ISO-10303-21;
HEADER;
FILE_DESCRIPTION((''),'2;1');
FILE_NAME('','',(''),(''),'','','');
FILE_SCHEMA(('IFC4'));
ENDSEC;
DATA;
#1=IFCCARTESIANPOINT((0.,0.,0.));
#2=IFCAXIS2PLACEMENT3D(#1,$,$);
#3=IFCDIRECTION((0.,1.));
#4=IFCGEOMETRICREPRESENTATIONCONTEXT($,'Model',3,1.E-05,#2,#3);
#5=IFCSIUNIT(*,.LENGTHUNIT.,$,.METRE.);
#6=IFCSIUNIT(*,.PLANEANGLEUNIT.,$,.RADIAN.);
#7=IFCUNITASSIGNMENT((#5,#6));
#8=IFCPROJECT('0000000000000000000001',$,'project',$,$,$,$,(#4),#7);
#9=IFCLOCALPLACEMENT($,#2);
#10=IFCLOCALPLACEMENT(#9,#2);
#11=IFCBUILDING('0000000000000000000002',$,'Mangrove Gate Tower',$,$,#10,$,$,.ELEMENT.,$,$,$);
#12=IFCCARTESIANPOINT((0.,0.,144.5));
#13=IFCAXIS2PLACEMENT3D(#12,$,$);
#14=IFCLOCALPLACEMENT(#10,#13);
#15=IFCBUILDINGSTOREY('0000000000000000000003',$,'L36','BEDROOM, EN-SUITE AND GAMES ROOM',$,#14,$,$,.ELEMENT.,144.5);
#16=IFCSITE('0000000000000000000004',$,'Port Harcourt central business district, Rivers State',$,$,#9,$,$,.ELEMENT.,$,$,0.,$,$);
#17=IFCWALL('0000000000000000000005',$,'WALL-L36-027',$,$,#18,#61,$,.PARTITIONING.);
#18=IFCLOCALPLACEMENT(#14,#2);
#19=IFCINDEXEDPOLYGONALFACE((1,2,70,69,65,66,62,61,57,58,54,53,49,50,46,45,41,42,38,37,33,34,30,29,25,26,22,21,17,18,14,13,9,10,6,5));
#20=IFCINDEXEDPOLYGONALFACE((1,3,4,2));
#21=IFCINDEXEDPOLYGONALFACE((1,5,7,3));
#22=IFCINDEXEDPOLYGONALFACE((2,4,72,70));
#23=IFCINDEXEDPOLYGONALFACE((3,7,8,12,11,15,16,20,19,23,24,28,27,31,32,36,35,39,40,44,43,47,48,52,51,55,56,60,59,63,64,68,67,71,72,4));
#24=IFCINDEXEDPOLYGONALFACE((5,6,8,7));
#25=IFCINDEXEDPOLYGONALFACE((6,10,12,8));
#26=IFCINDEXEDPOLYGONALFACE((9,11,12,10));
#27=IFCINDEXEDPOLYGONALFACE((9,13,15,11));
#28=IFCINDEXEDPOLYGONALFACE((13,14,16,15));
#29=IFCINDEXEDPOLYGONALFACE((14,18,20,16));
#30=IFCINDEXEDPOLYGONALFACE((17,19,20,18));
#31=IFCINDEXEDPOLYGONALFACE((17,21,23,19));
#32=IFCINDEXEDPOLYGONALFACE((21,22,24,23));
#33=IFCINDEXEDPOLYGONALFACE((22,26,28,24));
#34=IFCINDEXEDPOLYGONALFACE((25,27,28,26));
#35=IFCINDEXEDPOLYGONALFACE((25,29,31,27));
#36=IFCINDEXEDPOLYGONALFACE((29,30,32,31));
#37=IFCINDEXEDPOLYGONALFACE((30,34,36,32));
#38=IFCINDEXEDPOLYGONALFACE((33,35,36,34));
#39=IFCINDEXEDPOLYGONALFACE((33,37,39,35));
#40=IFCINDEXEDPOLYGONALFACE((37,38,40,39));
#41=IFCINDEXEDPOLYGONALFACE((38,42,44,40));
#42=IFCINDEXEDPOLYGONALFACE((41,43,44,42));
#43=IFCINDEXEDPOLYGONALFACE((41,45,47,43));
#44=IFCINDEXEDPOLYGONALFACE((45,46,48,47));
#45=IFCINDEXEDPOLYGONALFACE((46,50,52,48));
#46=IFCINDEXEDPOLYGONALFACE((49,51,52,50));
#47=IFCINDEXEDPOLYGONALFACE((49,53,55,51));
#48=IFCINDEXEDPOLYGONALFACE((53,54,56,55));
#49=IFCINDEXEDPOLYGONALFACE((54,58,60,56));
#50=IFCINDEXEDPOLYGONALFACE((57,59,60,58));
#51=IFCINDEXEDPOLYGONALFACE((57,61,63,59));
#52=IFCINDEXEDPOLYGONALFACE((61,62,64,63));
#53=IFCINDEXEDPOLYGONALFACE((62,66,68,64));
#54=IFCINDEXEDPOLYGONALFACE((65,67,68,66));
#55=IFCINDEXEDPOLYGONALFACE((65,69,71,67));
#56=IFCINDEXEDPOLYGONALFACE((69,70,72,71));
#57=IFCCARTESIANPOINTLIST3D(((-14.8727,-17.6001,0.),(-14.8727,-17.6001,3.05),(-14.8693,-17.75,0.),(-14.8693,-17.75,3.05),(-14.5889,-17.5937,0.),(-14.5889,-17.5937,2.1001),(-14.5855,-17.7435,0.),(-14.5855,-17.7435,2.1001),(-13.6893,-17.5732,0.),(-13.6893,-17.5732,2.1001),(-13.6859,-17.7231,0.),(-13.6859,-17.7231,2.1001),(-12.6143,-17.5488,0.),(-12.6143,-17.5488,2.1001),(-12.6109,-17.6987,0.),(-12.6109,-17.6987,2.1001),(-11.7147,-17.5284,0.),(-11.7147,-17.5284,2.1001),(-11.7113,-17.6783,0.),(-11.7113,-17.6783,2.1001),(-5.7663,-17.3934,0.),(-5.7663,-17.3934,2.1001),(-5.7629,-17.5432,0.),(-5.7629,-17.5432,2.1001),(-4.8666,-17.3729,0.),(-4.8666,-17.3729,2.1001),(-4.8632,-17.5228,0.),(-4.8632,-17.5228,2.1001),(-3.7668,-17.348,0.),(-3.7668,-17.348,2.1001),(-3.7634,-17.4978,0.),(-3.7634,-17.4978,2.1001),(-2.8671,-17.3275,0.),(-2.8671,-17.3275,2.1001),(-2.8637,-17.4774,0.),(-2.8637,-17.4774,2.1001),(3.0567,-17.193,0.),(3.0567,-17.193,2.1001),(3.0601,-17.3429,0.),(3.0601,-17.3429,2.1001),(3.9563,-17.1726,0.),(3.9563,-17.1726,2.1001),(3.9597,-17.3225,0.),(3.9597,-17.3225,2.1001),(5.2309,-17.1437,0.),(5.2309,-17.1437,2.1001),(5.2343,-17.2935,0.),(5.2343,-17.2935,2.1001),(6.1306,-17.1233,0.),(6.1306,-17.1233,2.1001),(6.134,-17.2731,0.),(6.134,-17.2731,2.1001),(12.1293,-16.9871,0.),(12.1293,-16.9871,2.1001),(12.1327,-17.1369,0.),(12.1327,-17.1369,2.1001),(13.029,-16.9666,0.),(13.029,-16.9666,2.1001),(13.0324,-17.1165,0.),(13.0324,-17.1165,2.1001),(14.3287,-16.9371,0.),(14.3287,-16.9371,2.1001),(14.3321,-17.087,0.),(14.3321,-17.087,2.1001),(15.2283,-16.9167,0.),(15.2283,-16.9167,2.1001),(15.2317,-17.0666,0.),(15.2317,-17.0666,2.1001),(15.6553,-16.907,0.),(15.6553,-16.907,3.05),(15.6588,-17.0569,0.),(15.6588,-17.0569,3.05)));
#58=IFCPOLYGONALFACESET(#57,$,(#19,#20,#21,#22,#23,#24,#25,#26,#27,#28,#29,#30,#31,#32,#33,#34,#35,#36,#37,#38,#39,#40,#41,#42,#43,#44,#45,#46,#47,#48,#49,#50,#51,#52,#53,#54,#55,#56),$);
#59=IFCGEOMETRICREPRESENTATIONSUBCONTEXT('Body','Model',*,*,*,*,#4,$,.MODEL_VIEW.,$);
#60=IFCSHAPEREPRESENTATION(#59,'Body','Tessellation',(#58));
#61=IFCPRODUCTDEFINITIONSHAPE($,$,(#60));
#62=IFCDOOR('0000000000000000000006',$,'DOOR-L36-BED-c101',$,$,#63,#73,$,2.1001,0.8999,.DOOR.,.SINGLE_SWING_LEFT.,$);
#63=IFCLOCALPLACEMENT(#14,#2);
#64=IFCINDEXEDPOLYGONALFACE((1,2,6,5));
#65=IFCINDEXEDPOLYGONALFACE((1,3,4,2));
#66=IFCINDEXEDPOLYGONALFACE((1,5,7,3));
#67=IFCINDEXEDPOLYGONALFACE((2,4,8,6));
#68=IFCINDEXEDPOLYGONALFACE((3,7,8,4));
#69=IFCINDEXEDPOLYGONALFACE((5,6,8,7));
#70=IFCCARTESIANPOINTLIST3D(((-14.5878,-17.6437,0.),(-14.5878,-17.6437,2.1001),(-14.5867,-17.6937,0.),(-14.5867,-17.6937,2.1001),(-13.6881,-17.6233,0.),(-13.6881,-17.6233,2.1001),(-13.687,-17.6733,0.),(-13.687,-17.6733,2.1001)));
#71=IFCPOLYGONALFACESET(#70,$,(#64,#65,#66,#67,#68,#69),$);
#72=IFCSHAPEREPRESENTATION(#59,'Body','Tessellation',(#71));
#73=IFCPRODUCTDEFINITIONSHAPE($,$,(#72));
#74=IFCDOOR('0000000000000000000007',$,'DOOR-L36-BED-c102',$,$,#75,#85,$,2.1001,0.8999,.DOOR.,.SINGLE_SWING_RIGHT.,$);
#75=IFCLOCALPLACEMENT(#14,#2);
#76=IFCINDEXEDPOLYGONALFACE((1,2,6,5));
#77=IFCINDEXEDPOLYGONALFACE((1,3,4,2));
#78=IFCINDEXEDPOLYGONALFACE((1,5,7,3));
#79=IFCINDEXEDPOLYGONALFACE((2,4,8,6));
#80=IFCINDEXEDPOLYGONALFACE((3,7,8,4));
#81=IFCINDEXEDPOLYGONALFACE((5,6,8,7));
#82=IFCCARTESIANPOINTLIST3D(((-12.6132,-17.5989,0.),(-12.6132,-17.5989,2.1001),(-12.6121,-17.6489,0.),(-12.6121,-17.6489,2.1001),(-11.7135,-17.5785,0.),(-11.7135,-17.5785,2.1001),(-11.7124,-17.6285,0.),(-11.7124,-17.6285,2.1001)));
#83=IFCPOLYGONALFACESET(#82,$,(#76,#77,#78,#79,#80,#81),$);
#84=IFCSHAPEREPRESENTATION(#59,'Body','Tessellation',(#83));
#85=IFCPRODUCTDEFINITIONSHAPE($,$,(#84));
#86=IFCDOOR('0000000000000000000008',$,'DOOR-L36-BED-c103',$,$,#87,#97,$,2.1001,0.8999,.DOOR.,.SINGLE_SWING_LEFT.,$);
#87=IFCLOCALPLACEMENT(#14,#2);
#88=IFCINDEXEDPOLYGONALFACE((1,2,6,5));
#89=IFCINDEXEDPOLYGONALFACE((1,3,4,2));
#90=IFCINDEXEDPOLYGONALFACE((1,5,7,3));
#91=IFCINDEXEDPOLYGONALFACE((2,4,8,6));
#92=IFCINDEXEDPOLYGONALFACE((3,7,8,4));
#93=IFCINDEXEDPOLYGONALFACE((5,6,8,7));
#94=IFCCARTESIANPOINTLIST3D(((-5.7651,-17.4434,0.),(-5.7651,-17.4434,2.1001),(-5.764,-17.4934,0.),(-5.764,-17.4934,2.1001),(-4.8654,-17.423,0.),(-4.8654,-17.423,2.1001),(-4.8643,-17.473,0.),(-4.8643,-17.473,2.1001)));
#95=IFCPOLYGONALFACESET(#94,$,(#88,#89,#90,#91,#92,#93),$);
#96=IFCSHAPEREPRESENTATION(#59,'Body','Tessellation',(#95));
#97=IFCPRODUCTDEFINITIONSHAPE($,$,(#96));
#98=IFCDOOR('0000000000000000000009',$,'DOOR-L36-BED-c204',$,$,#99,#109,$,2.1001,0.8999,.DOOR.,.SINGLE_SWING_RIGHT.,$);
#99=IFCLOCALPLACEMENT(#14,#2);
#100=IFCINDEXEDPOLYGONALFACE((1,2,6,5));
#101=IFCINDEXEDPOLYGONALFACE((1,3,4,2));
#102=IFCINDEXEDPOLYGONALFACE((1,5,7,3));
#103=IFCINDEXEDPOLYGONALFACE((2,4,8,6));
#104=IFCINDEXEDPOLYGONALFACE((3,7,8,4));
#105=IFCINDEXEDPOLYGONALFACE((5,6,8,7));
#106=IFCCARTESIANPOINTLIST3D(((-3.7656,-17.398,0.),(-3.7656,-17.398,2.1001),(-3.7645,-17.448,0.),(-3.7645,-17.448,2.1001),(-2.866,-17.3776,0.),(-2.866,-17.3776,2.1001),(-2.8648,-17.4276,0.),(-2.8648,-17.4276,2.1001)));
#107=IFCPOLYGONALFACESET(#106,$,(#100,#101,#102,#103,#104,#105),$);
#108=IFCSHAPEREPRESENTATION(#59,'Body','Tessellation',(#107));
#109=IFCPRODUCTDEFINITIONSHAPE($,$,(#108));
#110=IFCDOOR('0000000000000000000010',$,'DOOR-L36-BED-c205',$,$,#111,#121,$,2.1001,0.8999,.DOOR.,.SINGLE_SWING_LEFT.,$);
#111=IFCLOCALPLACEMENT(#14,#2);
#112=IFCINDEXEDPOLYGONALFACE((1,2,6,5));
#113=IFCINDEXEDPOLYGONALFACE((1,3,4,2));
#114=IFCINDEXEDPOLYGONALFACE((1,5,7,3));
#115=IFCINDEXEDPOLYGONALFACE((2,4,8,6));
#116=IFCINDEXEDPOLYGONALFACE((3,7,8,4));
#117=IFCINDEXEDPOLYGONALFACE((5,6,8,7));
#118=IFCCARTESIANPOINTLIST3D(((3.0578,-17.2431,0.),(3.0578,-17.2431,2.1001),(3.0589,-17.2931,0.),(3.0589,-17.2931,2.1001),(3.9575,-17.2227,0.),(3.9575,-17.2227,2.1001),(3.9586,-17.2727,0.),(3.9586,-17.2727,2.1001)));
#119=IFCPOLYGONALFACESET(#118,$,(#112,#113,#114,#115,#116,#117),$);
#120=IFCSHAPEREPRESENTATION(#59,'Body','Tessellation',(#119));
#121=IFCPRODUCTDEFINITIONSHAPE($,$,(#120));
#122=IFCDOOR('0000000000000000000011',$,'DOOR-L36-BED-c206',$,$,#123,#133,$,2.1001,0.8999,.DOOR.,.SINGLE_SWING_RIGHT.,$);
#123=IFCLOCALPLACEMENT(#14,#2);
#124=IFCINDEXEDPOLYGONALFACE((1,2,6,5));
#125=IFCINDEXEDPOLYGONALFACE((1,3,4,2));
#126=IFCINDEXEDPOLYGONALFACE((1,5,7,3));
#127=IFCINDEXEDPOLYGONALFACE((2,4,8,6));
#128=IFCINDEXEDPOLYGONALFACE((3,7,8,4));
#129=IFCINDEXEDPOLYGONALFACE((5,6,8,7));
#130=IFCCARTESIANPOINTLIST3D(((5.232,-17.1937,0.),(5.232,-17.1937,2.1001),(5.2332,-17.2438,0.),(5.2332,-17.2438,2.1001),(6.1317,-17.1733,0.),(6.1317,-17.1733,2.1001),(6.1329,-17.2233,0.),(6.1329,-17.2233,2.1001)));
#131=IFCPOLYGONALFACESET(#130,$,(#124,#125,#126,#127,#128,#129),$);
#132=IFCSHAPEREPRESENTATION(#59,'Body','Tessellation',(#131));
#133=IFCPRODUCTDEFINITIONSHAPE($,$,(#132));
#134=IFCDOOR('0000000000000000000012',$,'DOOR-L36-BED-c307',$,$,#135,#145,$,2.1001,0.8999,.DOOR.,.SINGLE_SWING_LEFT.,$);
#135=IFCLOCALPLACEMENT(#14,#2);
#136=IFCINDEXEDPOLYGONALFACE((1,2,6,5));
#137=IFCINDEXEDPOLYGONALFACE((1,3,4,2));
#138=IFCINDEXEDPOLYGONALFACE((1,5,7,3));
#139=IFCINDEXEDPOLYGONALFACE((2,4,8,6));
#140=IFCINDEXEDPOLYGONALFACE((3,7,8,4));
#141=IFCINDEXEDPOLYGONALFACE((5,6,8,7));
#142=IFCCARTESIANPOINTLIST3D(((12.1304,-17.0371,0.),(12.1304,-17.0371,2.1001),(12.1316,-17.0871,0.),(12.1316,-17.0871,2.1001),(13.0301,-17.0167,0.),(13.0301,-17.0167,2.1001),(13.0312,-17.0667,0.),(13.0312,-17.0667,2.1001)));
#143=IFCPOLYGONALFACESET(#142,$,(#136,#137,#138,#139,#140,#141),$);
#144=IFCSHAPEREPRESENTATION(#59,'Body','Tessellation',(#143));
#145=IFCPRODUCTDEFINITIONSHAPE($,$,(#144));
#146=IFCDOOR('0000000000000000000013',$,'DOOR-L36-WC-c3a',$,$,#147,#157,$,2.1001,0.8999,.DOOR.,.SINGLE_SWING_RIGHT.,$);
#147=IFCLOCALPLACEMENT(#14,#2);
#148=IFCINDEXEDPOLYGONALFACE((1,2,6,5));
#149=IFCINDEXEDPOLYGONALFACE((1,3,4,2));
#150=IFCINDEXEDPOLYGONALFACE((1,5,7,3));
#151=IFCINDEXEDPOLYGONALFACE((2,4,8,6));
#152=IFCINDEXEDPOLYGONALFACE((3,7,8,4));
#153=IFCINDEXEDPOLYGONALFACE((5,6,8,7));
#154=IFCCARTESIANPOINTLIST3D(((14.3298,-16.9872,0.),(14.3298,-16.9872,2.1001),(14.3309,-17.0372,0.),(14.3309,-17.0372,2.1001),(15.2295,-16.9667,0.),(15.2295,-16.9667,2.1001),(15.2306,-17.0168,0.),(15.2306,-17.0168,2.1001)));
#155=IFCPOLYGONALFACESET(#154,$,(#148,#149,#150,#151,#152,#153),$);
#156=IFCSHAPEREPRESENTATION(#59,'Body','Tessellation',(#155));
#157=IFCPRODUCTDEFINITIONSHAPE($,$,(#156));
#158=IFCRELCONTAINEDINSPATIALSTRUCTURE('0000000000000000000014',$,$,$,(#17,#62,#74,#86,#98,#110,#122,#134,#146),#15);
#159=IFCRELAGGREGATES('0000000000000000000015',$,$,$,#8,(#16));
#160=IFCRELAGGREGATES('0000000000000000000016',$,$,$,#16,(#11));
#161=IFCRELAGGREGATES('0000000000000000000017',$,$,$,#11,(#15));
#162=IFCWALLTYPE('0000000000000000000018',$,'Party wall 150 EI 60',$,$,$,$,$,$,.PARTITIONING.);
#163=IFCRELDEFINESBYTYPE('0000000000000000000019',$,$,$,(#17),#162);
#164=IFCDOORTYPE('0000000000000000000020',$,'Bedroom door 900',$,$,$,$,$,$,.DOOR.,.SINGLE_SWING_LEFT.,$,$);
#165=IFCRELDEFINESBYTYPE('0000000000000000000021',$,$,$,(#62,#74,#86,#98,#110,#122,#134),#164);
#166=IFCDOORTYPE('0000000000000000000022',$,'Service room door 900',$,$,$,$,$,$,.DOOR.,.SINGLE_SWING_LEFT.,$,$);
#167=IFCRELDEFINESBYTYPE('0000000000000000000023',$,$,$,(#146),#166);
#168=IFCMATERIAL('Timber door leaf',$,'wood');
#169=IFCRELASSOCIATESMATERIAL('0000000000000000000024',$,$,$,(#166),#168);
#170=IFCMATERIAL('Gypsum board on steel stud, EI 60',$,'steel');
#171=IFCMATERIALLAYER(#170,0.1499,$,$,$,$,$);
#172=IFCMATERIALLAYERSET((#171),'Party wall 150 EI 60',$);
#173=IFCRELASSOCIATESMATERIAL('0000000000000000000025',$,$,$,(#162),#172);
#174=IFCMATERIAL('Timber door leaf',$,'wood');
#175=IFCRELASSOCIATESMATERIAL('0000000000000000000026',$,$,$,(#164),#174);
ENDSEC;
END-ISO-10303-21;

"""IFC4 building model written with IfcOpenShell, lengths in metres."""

from ifc_helpers import new_model, si_unit, direction, frame, frame_2d, origin, place, context, subcontext, project, spatial, rectangle, extrude, material, layer, layer_set, type_object, element, fill, save


model = new_model("IFC4")

# Units and contexts
model_context = context("Model", 3, precision=1e-05, world=origin(), true_north=direction((0.0, 1.0)))
body_context = subcontext(model_context, "Body", "Model", "MODEL_VIEW")
ifc_project = project(units=[si_unit("LENGTHUNIT", "METRE"), si_unit("PLANEANGLEUNIT", "RADIAN")], contexts=[model_context])

# Site, building, storey
site_placement = place(None, origin())
site = spatial("IfcSite", under=ifc_project, at=site_placement, Name="Port Harcourt central business district, Rivers State", CompositionType="ELEMENT", RefElevation=0.0)
building_placement = place(site_placement, origin())
building = spatial("IfcBuilding", under=site, at=building_placement, Name="Mangrove Gate Tower", CompositionType="ELEMENT")
storey_placement = place(building_placement, frame((0.0, 0.0, 144.5)))
storey = spatial("IfcBuildingStorey", under=building, at=storey_placement, Name="L36", Description="BEDROOM, EN-SUITE AND GAMES ROOM", CompositionType="ELEMENT", Elevation=144.5)

# Wall, openings, doors
ifc_material_1 = material(Name="Timber door leaf", Category="wood")
door_type_1 = type_object("IfcDoorType", Name="Service room door 900", OperationType="SINGLE_SWING_LEFT", PredefinedType="DOOR", material=ifc_material_1)
ifc_material_2 = material(Name="Gypsum board on steel stud, EI 60", Category="steel")
ifc_layer_1 = layer(ifc_material_2, 0.1499)
ifc_layer_set_1 = layer_set([ifc_layer_1], Name="Party wall 150 EI 60")
wall_type_1 = type_object("IfcWallType", Name="Party wall 150 EI 60", PredefinedType="PARTITIONING", material=ifc_layer_set_1)
wall_1_placement = place(storey_placement, frame((-14.8711, -17.675, 0.0), z_axis=(0.0, 0.0, 1.0), x_axis=(0.999742, 0.022698, 0.0)))
wall_1 = element("IfcWall", 1, at=wall_1_placement, inside=storey, type_object=wall_type_1, Name="WALL-L36-027", PredefinedType="PARTITIONING", context=body_context, shape_type="SweptSolid", body=[
    extrude(rectangle(XDim=30.5359, YDim=0.1499, at=frame_2d((15.2681, 0.0))), origin(), (0.0, 0.0, 1.0), 3.05),
])
opening_1_placement = place(wall_1_placement, frame((0.2839, 0.0, 0.0)))
opening_1 = element("IfcOpeningElement", 2, at=opening_1_placement, cuts=wall_1, PredefinedType="OPENING", context=body_context, shape_type="SweptSolid", body=[
    extrude(rectangle(XDim=0.8999, YDim=2.1001, at=frame_2d((0.45, 1.05))), frame((0.0, 0.085, 0.0), z_axis=(0.0, -1.0, 0.0), x_axis=(1.0, 0.0, 0.0)), (0.0, 0.0, 1.0), 0.1699),
])
opening_2_placement = place(wall_1_placement, frame((2.259, 0.0, 0.0)))
opening_2 = element("IfcOpeningElement", 3, at=opening_2_placement, cuts=wall_1, PredefinedType="OPENING", context=body_context, shape_type="SweptSolid", body=[
    extrude(rectangle(XDim=0.8999, YDim=2.1001, at=frame_2d((0.45, 1.05))), frame((0.0, 0.085, 0.0), z_axis=(0.0, -1.0, 0.0), x_axis=(1.0, 0.0, 0.0)), (0.0, 0.0, 1.0), 0.1699),
])
opening_3_placement = place(wall_1_placement, frame((9.1089, 0.0, 0.0)))
opening_3 = element("IfcOpeningElement", 4, at=opening_3_placement, cuts=wall_1, PredefinedType="OPENING", context=body_context, shape_type="SweptSolid", body=[
    extrude(rectangle(XDim=0.8999, YDim=2.1001, at=frame_2d((0.45, 1.05))), frame((0.0, 0.085, 0.0), z_axis=(0.0, -1.0, 0.0), x_axis=(1.0, 0.0, 0.0)), (0.0, 0.0, 1.0), 0.1699),
])
opening_4_placement = place(wall_1_placement, frame((11.1089, 0.0, 0.0)))
opening_4 = element("IfcOpeningElement", 5, at=opening_4_placement, cuts=wall_1, PredefinedType="OPENING", context=body_context, shape_type="SweptSolid", body=[
    extrude(rectangle(XDim=0.8999, YDim=2.1001, at=frame_2d((0.45, 1.05))), frame((0.0, 0.085, 0.0), z_axis=(0.0, -1.0, 0.0), x_axis=(1.0, 0.0, 0.0)), (0.0, 0.0, 1.0), 0.1699),
])
opening_5_placement = place(wall_1_placement, frame((17.9341, 0.0, 0.0)))
opening_5 = element("IfcOpeningElement", 6, at=opening_5_placement, cuts=wall_1, PredefinedType="OPENING", context=body_context, shape_type="SweptSolid", body=[
    extrude(rectangle(XDim=0.8999, YDim=2.1001, at=frame_2d((0.45, 1.05))), frame((0.0, 0.085, 0.0), z_axis=(0.0, -1.0, 0.0), x_axis=(1.0, 0.0, 0.0)), (0.0, 0.0, 1.0), 0.1699),
])
opening_6_placement = place(wall_1_placement, frame((20.1089, 0.0, 0.0)))
opening_6 = element("IfcOpeningElement", 7, at=opening_6_placement, cuts=wall_1, PredefinedType="OPENING", context=body_context, shape_type="SweptSolid", body=[
    extrude(rectangle(XDim=0.8999, YDim=2.1001, at=frame_2d((0.45, 1.05))), frame((0.0, 0.085, 0.0), z_axis=(0.0, -1.0, 0.0), x_axis=(1.0, 0.0, 0.0)), (0.0, 0.0, 1.0), 0.1699),
])
opening_7_placement = place(wall_1_placement, frame((27.009, 0.0, 0.0)))
opening_7 = element("IfcOpeningElement", 8, at=opening_7_placement, cuts=wall_1, PredefinedType="OPENING", context=body_context, shape_type="SweptSolid", body=[
    extrude(rectangle(XDim=0.8999, YDim=2.1001, at=frame_2d((0.45, 1.05))), frame((0.0, 0.085, 0.0), z_axis=(0.0, -1.0, 0.0), x_axis=(1.0, 0.0, 0.0)), (0.0, 0.0, 1.0), 0.1699),
])
opening_8_placement = place(wall_1_placement, frame((29.209, 0.0, 0.0)))
opening_8 = element("IfcOpeningElement", 9, at=opening_8_placement, cuts=wall_1, PredefinedType="OPENING", context=body_context, shape_type="SweptSolid", body=[
    extrude(rectangle(XDim=0.8999, YDim=2.1001, at=frame_2d((0.45, 1.05))), frame((0.0, 0.085, 0.0), z_axis=(0.0, -1.0, 0.0), x_axis=(1.0, 0.0, 0.0)), (0.0, 0.0, 1.0), 0.1699),
])
ifc_material_3 = material(Name="Timber door leaf", Category="wood")
door_type_2 = type_object("IfcDoorType", Name="Bedroom door 900", OperationType="SINGLE_SWING_LEFT", PredefinedType="DOOR", material=ifc_material_3)
door_1_placement = place(opening_1_placement, origin())
door_1 = element("IfcDoor", 10, at=door_1_placement, inside=storey, type_object=door_type_2, Name="DOOR-L36-BED-c101", OperationType="SINGLE_SWING_LEFT", OverallHeight=2.1001, OverallWidth=0.8999, PredefinedType="DOOR", context=body_context, shape_type="SweptSolid", body=[
    extrude(rectangle(XDim=0.8999, YDim=2.1001, at=frame_2d((0.45, 1.05))), frame((0.0, 0.0249, 0.0), z_axis=(0.0, -1.0, 0.0), x_axis=(1.0, 0.0, 0.0)), (0.0, 0.0, 1.0), 0.05),
])
fill(opening_1, door_1)
door_2_placement = place(opening_2_placement, origin())
door_2 = element("IfcDoor", 11, at=door_2_placement, inside=storey, type_object=door_type_2, Name="DOOR-L36-BED-c102", OperationType="SINGLE_SWING_RIGHT", OverallHeight=2.1001, OverallWidth=0.8999, PredefinedType="DOOR", context=body_context, shape_type="SweptSolid", body=[
    extrude(rectangle(XDim=0.8999, YDim=2.1001, at=frame_2d((0.45, 1.05))), frame((0.0, 0.0249, 0.0), z_axis=(0.0, -1.0, 0.0), x_axis=(1.0, 0.0, 0.0)), (0.0, 0.0, 1.0), 0.05),
])
fill(opening_2, door_2)
door_3_placement = place(opening_3_placement, origin())
door_3 = element("IfcDoor", 12, at=door_3_placement, inside=storey, type_object=door_type_2, Name="DOOR-L36-BED-c103", OperationType="SINGLE_SWING_LEFT", OverallHeight=2.1001, OverallWidth=0.8999, PredefinedType="DOOR", context=body_context, shape_type="SweptSolid", body=[
    extrude(rectangle(XDim=0.8999, YDim=2.1001, at=frame_2d((0.45, 1.05))), frame((0.0, 0.0249, 0.0), z_axis=(0.0, -1.0, 0.0), x_axis=(1.0, 0.0, 0.0)), (0.0, 0.0, 1.0), 0.05),
])
fill(opening_3, door_3)
door_4_placement = place(opening_4_placement, origin())
door_4 = element("IfcDoor", 13, at=door_4_placement, inside=storey, type_object=door_type_2, Name="DOOR-L36-BED-c204", OperationType="SINGLE_SWING_RIGHT", OverallHeight=2.1001, OverallWidth=0.8999, PredefinedType="DOOR", context=body_context, shape_type="SweptSolid", body=[
    extrude(rectangle(XDim=0.8999, YDim=2.1001, at=frame_2d((0.45, 1.05))), frame((0.0, 0.0249, 0.0), z_axis=(0.0, -1.0, 0.0), x_axis=(1.0, 0.0, 0.0)), (0.0, 0.0, 1.0), 0.05),
])
fill(opening_4, door_4)
door_5_placement = place(opening_5_placement, origin())
door_5 = element("IfcDoor", 14, at=door_5_placement, inside=storey, type_object=door_type_2, Name="DOOR-L36-BED-c205", OperationType="SINGLE_SWING_LEFT", OverallHeight=2.1001, OverallWidth=0.8999, PredefinedType="DOOR", context=body_context, shape_type="SweptSolid", body=[
    extrude(rectangle(XDim=0.8999, YDim=2.1001, at=frame_2d((0.45, 1.05))), frame((0.0, 0.0249, 0.0), z_axis=(0.0, -1.0, 0.0), x_axis=(1.0, 0.0, 0.0)), (0.0, 0.0, 1.0), 0.05),
])
fill(opening_5, door_5)
door_6_placement = place(opening_6_placement, origin())
door_6 = element("IfcDoor", 15, at=door_6_placement, inside=storey, type_object=door_type_2, Name="DOOR-L36-BED-c206", OperationType="SINGLE_SWING_RIGHT", OverallHeight=2.1001, OverallWidth=0.8999, PredefinedType="DOOR", context=body_context, shape_type="SweptSolid", body=[
    extrude(rectangle(XDim=0.8999, YDim=2.1001, at=frame_2d((0.45, 1.05))), frame((0.0, 0.0249, 0.0), z_axis=(0.0, -1.0, 0.0), x_axis=(1.0, 0.0, 0.0)), (0.0, 0.0, 1.0), 0.05),
])
fill(opening_6, door_6)
door_7_placement = place(opening_7_placement, origin())
door_7 = element("IfcDoor", 16, at=door_7_placement, inside=storey, type_object=door_type_2, Name="DOOR-L36-BED-c307", OperationType="SINGLE_SWING_LEFT", OverallHeight=2.1001, OverallWidth=0.8999, PredefinedType="DOOR", context=body_context, shape_type="SweptSolid", body=[
    extrude(rectangle(XDim=0.8999, YDim=2.1001, at=frame_2d((0.45, 1.05))), frame((0.0, 0.0249, 0.0), z_axis=(0.0, -1.0, 0.0), x_axis=(1.0, 0.0, 0.0)), (0.0, 0.0, 1.0), 0.05),
])
fill(opening_7, door_7)
door_8_placement = place(opening_8_placement, origin())
door_8 = element("IfcDoor", 17, at=door_8_placement, inside=storey, type_object=door_type_1, Name="DOOR-L36-WC-c3a", OperationType="SINGLE_SWING_RIGHT", OverallHeight=2.1001, OverallWidth=0.8999, PredefinedType="DOOR", context=body_context, shape_type="SweptSolid", body=[
    extrude(rectangle(XDim=0.8999, YDim=2.1001, at=frame_2d((0.45, 1.05))), frame((0.0, 0.0249, 0.0), z_axis=(0.0, -1.0, 0.0), x_axis=(1.0, 0.0, 0.0)), (0.0, 0.0, 1.0), 0.05),
])
fill(opening_8, door_8)

save(model, "model.ifc")
